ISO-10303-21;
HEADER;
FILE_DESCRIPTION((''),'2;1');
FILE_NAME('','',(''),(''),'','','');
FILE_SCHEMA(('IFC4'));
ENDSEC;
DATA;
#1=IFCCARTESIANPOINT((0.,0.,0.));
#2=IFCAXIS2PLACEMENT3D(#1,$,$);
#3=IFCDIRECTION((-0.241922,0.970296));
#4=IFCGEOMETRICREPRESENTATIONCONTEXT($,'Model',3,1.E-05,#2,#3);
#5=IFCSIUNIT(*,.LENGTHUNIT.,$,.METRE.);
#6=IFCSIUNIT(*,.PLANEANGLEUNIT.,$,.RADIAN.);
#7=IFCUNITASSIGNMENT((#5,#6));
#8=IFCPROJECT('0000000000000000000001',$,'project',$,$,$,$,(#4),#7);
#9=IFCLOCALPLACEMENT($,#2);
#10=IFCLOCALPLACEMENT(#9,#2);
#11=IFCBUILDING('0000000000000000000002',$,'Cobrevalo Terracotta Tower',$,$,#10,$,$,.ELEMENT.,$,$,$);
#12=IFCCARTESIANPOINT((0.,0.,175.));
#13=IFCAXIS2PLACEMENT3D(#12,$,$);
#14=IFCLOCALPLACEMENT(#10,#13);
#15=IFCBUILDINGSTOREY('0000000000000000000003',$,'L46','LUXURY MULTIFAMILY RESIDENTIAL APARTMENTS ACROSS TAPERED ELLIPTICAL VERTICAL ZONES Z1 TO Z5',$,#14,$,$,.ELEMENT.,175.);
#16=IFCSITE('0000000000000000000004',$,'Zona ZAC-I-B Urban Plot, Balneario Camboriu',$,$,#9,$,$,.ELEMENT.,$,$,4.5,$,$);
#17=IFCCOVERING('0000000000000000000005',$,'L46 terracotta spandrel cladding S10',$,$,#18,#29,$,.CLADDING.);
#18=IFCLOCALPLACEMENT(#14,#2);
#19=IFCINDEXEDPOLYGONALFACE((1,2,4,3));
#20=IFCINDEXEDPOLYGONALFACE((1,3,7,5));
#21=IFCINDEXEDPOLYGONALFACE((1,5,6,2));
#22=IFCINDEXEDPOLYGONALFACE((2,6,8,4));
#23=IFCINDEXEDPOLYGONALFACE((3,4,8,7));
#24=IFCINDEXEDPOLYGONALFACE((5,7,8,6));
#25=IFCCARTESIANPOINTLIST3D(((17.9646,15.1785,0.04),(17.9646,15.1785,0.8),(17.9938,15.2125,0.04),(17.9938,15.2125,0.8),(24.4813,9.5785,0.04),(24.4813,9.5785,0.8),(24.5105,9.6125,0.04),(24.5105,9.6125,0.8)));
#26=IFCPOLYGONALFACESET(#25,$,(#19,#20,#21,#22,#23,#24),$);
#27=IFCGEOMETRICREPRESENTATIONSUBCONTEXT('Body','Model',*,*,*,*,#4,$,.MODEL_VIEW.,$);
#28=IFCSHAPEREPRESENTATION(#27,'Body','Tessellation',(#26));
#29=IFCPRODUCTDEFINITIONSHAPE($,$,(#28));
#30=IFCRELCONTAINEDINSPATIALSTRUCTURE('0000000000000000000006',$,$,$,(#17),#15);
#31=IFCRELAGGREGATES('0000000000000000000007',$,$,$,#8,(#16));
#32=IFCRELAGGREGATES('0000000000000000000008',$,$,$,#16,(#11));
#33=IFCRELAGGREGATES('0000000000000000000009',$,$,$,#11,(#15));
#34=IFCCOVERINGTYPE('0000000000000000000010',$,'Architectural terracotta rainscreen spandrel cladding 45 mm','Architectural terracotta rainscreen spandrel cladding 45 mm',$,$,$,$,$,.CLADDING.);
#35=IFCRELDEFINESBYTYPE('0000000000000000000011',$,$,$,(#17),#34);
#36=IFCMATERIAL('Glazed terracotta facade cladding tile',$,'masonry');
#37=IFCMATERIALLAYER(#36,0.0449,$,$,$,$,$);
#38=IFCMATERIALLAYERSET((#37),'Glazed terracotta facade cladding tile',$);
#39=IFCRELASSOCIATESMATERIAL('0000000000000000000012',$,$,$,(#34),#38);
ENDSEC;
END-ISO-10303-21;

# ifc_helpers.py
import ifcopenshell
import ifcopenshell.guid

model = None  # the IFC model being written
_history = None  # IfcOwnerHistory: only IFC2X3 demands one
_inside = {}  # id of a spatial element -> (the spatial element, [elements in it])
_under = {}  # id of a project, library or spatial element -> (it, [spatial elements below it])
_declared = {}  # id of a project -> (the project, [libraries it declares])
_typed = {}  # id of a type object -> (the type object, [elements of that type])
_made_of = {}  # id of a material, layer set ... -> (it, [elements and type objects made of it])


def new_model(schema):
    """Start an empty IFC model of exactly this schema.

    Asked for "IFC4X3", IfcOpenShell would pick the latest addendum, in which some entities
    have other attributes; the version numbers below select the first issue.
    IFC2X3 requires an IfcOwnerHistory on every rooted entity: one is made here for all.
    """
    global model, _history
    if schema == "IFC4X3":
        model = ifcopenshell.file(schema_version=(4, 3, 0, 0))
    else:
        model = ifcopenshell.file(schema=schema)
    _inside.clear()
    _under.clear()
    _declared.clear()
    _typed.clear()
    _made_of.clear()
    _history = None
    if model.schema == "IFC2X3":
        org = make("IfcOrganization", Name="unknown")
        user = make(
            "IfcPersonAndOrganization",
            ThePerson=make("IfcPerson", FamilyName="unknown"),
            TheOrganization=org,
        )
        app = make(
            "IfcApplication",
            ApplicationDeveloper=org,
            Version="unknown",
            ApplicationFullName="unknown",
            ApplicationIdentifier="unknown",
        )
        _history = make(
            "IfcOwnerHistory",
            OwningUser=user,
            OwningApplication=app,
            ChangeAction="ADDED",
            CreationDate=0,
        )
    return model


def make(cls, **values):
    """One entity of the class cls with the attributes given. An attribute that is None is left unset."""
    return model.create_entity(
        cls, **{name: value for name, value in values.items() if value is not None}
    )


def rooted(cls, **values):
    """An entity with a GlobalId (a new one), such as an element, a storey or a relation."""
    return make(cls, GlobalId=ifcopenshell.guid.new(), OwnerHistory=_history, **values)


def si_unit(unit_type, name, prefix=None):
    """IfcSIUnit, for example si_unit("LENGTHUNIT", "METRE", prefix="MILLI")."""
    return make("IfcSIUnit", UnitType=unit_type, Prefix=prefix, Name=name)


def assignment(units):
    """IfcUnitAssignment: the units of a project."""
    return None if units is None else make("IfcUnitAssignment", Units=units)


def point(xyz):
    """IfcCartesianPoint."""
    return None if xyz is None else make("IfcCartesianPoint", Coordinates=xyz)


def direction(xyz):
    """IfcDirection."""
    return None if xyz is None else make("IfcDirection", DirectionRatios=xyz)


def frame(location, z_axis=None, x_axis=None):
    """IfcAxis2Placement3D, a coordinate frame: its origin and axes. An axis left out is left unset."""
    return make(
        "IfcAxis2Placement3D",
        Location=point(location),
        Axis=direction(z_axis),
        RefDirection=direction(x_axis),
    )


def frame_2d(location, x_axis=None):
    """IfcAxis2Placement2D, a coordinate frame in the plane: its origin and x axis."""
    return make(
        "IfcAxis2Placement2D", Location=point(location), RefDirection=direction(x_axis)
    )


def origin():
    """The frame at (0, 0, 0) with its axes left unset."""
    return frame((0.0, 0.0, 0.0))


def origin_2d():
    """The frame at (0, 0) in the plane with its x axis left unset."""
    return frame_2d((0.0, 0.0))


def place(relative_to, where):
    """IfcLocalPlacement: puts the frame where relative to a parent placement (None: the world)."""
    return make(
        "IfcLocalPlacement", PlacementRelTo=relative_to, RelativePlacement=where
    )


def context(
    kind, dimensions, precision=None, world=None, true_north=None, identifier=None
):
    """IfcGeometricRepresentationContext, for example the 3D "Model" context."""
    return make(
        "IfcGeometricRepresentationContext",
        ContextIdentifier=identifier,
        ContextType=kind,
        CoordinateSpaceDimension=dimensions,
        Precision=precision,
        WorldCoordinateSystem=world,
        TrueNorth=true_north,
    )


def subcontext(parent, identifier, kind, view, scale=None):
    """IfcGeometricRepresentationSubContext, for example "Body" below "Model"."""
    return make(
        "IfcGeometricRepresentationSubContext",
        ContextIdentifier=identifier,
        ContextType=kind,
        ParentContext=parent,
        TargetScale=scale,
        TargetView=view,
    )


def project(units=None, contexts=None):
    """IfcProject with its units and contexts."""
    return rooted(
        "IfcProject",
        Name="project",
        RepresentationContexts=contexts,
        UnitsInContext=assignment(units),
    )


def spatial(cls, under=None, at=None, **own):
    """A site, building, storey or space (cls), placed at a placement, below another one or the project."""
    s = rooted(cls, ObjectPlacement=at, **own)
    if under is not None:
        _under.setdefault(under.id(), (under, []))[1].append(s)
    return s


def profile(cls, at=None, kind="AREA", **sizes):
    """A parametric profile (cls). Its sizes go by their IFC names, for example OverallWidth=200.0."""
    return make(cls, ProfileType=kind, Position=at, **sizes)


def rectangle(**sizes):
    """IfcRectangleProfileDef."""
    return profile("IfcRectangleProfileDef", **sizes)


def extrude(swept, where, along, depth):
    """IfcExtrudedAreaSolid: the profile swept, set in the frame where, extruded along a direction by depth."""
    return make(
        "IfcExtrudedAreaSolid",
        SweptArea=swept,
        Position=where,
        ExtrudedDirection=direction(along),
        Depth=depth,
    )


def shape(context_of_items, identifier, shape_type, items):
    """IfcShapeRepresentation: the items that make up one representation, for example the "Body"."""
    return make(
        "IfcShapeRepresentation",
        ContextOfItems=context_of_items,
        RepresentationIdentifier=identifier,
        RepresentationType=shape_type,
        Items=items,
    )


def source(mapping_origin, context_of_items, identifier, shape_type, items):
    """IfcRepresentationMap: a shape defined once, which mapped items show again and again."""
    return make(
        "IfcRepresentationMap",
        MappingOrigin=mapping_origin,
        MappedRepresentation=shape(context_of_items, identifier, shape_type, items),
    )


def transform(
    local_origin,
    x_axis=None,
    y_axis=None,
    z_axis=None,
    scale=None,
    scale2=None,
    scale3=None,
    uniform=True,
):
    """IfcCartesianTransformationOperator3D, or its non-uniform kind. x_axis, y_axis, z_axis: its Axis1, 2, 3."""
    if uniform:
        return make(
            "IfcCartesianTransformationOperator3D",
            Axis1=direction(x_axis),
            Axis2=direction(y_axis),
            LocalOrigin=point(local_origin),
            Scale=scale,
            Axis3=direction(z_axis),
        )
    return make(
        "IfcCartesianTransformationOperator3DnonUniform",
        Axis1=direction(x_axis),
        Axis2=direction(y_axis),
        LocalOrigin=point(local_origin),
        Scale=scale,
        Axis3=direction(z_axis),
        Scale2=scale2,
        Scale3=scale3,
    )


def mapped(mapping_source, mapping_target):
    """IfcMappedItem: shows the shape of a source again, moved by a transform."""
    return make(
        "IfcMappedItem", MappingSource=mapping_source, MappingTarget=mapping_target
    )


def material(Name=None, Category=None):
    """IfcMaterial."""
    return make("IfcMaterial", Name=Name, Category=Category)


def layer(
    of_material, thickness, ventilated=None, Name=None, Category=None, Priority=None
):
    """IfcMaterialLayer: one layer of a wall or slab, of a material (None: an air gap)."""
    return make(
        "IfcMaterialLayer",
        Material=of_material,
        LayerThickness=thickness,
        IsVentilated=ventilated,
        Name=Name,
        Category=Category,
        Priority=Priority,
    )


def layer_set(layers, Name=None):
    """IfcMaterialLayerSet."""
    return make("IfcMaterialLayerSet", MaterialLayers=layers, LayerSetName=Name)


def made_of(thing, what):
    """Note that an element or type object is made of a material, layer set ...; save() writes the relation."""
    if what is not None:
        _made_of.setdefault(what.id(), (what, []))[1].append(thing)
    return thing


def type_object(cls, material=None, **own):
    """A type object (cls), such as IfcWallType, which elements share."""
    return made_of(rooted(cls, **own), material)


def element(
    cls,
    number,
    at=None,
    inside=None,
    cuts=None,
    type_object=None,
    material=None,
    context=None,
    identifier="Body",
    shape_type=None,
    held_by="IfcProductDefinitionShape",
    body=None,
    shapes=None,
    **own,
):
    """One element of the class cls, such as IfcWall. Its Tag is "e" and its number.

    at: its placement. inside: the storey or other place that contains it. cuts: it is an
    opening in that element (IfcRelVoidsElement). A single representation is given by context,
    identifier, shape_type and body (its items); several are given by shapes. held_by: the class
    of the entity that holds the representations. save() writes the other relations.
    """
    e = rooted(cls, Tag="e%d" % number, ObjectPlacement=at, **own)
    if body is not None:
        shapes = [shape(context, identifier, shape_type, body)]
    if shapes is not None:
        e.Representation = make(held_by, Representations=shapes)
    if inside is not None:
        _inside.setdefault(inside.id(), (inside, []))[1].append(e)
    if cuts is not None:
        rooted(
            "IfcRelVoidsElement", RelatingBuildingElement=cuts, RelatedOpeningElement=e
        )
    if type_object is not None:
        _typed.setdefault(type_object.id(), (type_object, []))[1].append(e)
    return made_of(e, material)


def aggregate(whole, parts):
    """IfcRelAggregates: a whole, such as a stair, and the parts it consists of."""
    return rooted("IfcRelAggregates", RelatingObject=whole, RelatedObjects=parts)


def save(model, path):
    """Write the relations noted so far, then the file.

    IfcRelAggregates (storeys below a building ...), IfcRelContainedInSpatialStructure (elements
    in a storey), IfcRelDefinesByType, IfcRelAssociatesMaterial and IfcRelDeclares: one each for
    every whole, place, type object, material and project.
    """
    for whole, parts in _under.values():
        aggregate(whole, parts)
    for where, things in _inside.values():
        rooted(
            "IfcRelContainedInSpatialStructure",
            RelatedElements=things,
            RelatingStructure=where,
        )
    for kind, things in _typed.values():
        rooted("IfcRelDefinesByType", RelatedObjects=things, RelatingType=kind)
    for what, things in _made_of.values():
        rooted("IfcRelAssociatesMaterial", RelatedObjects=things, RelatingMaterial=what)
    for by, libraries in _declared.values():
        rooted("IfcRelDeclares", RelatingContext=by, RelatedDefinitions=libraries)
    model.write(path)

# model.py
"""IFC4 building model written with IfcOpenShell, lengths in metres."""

from ifc_helpers import new_model, si_unit, direction, frame, origin, origin_2d, place, context, subcontext, project, spatial, rectangle, extrude, source, transform, mapped, material, layer, layer_set, type_object, element, save


model = new_model("IFC4")

# Units and contexts
model_context = context("Model", 3, precision=1e-05, world=origin(), true_north=direction((-0.241922, 0.970296)))
body_context = subcontext(model_context, "Body", "Model", "MODEL_VIEW")
ifc_project = project(units=[si_unit("LENGTHUNIT", "METRE"), si_unit("PLANEANGLEUNIT", "RADIAN")], contexts=[model_context])

# Site, building, storey
site_placement = place(None, origin())
site = spatial("IfcSite", under=ifc_project, at=site_placement, Name="Zona ZAC-I-B Urban Plot, Balneario Camboriu", CompositionType="ELEMENT", RefElevation=4.5)
building_placement = place(site_placement, origin())
building = spatial("IfcBuilding", under=site, at=building_placement, Name="Cobrevalo Terracotta Tower", CompositionType="ELEMENT")
storey_placement = place(building_placement, frame((0.0, 0.0, 175.0)))
storey = spatial("IfcBuildingStorey", under=building, at=storey_placement, Name="L46", Description="LUXURY MULTIFAMILY RESIDENTIAL APARTMENTS ACROSS TAPERED ELLIPTICAL VERTICAL ZONES Z1 TO Z5", CompositionType="ELEMENT", Elevation=175.0)

# Covering
ifc_material_1 = material(Name="Glazed terracotta facade cladding tile", Category="masonry")
ifc_layer_1 = layer(ifc_material_1, 0.0449)
ifc_layer_set_1 = layer_set([ifc_layer_1], Name="Glazed terracotta facade cladding tile")
covering_type_1 = type_object("IfcCoveringType", Name="Architectural terracotta rainscreen spandrel cladding 45 mm", Description="Architectural terracotta rainscreen spandrel cladding 45 mm", PredefinedType="CLADDING", material=ifc_layer_set_1)
shared_shape_1 = source(origin(), body_context, "Body", "SweptSolid", [
    extrude(rectangle(XDim=8.5923, YDim=0.0449, at=origin_2d()), origin(), (0.0, 0.0, 1.0), 0.76),
])
covering_1_placement = place(storey_placement, frame((21.2375, 12.3955, 0.04), z_axis=(0.0, 0.0, 1.0), x_axis=(0.758437, -0.651746, 0.0)))
element("IfcCovering", 1, at=covering_1_placement, inside=storey, type_object=covering_type_1, Name="L46 terracotta spandrel cladding S10", PredefinedType="CLADDING", context=body_context, shape_type="MappedRepresentation", body=[
    mapped(shared_shape_1, transform((0.0, 0.0, 0.0), scale=1.0)),
])

save(model, "model.ifc")
